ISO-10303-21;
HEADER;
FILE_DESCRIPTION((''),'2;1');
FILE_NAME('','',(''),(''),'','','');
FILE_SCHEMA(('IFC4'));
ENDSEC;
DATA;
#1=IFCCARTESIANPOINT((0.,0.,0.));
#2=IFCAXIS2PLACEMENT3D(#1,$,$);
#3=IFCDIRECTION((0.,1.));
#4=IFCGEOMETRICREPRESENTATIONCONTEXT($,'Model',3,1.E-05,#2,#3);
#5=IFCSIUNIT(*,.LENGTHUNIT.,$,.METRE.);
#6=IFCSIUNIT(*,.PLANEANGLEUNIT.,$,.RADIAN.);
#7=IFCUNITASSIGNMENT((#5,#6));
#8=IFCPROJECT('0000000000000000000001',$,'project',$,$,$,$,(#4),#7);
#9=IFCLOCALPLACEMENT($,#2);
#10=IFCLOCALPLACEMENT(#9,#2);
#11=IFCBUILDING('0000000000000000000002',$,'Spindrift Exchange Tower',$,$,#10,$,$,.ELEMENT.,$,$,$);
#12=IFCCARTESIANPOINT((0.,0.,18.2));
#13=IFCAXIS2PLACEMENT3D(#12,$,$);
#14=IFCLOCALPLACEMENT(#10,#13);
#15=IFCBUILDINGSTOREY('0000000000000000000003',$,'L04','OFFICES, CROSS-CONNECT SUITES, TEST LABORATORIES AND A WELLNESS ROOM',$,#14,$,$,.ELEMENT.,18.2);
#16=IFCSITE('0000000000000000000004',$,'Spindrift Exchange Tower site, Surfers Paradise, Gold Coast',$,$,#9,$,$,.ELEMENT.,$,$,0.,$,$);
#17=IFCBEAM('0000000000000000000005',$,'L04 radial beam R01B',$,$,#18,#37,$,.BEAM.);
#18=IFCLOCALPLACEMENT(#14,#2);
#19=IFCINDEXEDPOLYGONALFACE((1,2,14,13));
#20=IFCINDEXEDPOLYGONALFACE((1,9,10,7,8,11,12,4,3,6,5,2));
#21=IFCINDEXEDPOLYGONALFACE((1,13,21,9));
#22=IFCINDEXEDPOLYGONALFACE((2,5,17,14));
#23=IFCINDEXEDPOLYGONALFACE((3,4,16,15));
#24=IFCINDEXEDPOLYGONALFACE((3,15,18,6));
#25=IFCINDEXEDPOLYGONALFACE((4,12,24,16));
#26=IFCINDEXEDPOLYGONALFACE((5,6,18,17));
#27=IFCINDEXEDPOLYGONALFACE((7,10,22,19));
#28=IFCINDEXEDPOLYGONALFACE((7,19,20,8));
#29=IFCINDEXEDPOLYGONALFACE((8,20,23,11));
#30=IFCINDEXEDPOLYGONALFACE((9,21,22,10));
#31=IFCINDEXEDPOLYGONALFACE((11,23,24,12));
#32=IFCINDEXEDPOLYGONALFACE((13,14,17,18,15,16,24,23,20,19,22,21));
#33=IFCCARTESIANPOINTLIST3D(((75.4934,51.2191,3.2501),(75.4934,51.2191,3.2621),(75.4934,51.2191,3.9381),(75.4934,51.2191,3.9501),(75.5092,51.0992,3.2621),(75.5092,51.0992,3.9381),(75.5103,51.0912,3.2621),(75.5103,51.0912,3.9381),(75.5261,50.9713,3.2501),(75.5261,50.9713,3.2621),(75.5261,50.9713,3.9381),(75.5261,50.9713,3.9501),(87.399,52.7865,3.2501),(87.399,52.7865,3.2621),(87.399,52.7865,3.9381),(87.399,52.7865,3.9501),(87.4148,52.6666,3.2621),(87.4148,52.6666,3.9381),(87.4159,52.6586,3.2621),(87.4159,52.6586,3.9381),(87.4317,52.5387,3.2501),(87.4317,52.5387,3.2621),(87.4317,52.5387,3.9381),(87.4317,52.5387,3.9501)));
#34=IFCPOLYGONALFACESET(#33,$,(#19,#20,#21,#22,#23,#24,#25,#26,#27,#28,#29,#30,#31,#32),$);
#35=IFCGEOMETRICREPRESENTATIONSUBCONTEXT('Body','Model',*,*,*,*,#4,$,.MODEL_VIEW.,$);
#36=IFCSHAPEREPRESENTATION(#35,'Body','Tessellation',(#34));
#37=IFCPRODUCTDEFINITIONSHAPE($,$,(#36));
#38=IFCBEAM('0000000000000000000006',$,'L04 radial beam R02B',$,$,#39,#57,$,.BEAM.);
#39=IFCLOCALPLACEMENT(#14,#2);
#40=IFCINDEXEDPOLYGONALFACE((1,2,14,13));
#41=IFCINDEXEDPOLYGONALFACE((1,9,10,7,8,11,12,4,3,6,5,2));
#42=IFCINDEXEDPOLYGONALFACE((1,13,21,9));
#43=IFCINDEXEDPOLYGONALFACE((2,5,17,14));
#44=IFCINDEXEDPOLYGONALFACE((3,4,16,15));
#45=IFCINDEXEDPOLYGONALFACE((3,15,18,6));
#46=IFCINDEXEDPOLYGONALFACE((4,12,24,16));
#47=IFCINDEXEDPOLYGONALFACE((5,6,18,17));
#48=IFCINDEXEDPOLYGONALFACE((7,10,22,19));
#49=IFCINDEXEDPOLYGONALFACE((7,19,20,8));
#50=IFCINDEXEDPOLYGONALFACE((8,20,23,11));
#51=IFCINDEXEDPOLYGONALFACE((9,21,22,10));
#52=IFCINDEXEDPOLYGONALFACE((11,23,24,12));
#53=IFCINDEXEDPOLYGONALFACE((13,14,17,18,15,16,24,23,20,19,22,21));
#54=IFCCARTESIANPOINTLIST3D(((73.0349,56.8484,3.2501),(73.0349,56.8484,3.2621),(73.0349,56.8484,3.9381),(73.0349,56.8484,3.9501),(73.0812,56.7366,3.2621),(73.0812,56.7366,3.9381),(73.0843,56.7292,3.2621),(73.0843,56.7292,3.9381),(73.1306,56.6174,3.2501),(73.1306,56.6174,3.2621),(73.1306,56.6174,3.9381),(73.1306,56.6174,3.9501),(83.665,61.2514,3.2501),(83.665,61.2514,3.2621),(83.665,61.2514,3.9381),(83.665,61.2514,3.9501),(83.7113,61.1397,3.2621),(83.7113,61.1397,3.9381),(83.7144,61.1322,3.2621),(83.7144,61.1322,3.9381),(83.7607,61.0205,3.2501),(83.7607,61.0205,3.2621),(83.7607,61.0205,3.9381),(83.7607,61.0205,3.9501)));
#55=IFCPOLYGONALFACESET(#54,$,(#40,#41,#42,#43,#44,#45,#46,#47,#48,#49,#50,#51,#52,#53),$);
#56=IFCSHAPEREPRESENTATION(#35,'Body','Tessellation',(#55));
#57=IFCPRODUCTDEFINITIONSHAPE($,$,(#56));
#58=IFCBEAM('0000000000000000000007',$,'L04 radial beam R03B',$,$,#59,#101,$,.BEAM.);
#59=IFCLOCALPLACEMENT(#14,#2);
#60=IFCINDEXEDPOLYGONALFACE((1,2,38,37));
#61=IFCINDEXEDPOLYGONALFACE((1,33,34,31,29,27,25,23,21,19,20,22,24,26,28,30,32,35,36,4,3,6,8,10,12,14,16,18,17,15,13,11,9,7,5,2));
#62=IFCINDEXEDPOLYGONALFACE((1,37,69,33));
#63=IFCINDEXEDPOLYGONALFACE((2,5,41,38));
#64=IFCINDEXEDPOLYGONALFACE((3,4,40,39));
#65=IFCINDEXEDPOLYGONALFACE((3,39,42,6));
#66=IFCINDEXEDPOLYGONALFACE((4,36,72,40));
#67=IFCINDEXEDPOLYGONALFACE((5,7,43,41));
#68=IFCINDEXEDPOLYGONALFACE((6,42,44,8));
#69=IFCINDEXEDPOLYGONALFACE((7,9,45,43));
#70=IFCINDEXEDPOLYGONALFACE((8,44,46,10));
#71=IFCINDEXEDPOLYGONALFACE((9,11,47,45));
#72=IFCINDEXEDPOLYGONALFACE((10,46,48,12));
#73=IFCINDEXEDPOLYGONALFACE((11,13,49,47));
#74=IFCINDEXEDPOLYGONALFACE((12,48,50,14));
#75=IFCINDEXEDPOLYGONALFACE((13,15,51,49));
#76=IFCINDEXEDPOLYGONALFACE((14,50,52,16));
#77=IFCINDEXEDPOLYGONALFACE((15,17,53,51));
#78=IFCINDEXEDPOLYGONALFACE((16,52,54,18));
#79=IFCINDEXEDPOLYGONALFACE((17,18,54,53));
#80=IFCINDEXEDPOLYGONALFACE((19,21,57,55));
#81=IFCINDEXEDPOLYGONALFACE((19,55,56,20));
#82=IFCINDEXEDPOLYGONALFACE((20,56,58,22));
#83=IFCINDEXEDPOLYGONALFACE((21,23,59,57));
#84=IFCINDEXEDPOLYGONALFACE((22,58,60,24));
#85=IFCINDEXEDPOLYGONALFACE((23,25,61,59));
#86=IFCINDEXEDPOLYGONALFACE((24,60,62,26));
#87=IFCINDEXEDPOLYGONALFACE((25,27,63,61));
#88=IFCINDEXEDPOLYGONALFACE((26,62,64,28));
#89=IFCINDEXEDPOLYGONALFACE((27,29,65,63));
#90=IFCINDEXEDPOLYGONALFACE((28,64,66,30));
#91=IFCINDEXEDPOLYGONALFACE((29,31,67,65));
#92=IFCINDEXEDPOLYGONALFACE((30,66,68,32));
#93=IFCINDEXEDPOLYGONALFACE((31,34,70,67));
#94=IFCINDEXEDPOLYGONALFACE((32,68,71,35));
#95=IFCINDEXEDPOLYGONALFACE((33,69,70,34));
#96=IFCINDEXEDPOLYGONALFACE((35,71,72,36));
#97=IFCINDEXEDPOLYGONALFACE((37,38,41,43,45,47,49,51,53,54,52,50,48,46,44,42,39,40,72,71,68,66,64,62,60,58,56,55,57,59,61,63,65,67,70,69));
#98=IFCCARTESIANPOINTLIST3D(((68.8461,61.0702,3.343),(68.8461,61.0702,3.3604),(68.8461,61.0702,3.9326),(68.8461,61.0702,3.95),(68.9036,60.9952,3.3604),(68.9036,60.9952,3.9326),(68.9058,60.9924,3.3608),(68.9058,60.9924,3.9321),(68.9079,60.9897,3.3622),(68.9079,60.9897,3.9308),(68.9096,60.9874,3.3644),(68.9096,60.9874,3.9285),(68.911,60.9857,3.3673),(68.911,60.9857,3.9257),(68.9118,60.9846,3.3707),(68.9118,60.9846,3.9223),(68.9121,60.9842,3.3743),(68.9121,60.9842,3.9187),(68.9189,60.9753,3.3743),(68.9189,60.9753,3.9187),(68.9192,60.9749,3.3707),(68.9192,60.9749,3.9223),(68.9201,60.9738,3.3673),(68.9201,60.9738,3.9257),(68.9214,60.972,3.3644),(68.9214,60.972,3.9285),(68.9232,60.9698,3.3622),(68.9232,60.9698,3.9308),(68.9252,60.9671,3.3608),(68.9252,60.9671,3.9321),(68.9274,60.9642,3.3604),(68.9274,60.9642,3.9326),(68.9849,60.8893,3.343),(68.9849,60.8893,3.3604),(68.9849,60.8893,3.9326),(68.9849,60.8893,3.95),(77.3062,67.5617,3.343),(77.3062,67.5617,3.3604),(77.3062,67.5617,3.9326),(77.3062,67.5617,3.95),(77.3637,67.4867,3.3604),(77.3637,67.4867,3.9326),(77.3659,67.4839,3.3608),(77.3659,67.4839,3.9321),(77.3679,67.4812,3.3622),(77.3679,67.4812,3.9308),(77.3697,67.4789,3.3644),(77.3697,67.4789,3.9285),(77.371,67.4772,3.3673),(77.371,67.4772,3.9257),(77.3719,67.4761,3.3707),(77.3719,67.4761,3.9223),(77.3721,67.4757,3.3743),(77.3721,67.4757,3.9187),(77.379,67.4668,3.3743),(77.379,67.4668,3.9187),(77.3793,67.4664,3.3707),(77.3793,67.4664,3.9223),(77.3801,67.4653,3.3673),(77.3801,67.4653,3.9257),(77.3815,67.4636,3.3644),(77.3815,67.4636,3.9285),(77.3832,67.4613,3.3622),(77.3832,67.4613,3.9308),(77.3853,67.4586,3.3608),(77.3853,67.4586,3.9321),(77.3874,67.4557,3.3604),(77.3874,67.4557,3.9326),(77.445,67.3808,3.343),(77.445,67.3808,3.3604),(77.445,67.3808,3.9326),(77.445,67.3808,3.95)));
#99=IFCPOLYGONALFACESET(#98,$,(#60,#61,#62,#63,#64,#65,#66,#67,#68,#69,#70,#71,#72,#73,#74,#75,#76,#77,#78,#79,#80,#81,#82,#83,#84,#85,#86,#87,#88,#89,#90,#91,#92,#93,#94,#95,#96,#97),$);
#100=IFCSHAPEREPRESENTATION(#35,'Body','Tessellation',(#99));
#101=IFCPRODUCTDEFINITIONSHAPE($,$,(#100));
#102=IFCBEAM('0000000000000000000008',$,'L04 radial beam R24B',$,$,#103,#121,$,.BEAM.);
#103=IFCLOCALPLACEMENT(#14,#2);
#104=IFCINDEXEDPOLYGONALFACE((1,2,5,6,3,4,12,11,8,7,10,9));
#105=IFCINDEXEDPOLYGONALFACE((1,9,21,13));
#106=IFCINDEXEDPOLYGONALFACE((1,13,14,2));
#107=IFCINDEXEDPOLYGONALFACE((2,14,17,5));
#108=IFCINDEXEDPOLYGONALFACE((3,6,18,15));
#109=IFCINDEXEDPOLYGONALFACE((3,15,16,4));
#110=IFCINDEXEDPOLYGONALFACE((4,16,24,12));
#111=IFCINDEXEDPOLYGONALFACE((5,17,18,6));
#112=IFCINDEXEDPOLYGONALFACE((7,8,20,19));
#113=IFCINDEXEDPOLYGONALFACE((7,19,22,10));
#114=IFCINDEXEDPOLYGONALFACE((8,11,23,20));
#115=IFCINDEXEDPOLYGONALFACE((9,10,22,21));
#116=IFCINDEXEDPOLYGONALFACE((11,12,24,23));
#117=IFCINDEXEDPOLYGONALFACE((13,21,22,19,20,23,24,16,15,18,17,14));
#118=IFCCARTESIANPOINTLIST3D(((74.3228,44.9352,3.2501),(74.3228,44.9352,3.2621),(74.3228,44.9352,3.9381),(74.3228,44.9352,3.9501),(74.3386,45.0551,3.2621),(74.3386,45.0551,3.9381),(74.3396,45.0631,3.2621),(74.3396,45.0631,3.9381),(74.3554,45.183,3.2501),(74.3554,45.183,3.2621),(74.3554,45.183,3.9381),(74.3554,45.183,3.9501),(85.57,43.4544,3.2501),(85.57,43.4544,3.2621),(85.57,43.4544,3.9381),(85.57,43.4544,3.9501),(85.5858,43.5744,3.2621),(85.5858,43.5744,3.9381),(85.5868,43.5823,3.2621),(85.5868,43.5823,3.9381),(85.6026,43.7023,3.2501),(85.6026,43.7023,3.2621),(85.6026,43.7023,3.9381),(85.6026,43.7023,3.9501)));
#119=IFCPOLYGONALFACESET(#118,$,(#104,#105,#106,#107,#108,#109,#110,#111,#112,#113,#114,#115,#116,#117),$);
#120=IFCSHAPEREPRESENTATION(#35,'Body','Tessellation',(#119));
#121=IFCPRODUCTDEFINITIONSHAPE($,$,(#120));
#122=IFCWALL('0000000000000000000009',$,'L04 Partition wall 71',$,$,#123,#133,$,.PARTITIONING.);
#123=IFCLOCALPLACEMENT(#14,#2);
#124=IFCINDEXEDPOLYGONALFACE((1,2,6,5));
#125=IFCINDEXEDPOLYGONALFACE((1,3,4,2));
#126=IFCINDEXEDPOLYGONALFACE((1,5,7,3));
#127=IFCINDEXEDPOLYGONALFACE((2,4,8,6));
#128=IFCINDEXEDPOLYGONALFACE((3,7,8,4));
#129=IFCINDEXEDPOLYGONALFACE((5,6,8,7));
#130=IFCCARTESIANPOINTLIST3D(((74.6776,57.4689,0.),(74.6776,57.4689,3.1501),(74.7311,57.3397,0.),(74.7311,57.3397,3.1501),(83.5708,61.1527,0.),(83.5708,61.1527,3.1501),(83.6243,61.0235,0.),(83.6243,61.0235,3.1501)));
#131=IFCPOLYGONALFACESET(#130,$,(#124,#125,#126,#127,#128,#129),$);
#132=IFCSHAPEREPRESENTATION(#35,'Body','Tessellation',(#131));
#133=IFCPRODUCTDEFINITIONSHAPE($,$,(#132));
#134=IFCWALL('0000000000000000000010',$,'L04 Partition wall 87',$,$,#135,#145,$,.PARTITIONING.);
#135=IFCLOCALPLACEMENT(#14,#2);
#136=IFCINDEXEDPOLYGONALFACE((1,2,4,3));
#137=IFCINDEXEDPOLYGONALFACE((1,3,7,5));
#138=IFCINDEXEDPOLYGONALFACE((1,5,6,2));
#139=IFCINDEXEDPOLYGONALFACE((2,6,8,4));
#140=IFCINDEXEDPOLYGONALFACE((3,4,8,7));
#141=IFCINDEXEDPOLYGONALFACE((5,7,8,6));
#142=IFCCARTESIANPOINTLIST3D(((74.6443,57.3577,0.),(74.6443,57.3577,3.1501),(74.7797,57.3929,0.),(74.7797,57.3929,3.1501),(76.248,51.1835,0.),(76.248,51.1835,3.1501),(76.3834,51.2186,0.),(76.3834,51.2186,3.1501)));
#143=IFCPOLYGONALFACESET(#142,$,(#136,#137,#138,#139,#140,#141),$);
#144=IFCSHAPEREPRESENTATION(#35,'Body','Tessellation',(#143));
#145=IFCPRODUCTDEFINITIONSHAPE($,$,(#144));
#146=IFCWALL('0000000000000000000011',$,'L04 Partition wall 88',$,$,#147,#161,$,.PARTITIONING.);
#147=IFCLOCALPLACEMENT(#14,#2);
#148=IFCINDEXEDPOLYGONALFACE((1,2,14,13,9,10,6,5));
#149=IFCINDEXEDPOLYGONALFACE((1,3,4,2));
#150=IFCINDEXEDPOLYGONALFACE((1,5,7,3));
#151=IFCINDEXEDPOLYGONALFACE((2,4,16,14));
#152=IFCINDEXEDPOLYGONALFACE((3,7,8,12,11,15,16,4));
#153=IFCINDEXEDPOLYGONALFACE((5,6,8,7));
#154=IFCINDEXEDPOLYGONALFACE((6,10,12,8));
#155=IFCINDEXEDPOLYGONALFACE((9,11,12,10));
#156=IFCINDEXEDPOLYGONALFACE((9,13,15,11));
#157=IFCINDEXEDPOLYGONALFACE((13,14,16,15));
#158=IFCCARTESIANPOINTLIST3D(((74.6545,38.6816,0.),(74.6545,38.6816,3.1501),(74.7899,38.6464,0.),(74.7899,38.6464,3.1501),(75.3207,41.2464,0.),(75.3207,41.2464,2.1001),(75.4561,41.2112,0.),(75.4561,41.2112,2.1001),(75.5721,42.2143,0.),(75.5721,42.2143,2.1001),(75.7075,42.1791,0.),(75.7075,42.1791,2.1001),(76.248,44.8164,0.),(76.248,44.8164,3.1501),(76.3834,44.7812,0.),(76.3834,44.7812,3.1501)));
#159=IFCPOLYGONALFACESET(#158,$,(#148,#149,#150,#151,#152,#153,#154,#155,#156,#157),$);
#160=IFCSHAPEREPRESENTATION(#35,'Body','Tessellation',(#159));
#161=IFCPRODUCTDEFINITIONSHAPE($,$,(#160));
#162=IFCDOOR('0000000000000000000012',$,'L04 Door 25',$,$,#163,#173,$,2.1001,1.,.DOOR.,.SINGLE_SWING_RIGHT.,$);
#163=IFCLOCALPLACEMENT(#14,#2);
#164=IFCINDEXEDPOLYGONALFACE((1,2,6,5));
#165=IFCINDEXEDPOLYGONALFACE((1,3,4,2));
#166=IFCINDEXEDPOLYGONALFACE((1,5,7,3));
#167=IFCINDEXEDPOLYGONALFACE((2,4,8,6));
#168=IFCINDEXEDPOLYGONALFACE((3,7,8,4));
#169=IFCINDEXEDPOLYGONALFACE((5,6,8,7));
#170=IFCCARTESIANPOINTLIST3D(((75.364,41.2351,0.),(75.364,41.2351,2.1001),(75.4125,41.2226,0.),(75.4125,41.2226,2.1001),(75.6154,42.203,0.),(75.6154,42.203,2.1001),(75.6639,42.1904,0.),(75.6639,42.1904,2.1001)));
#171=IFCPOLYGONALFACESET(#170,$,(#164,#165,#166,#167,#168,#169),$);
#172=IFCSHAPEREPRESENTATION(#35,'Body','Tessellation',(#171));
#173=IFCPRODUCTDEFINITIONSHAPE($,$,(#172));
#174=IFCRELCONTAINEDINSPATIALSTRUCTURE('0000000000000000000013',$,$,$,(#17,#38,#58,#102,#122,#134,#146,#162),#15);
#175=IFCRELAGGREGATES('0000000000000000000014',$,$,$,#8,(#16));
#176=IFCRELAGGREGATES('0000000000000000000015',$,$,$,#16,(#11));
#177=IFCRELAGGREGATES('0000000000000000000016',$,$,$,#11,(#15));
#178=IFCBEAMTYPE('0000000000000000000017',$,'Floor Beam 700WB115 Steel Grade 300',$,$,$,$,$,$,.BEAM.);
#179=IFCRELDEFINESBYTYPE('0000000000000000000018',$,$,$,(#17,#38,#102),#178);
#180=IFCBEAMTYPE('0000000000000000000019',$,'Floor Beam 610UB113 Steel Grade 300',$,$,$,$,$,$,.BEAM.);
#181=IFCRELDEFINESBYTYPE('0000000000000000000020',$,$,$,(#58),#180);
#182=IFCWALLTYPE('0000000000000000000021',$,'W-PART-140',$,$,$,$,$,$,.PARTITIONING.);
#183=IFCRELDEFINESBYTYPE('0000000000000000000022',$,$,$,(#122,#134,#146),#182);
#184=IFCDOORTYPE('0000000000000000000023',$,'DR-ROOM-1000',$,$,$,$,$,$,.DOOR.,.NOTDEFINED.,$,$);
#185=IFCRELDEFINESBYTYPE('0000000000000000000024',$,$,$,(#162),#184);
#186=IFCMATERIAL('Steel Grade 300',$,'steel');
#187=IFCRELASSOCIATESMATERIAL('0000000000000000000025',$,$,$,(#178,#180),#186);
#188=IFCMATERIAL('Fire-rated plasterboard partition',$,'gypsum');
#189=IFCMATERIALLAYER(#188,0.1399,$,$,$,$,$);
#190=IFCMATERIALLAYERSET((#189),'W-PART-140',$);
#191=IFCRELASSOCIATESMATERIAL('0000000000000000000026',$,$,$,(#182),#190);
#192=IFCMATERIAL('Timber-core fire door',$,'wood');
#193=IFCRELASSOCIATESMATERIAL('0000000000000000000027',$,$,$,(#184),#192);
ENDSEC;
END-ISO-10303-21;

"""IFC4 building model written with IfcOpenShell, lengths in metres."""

from ifc_helpers import new_model, si_unit, direction, frame, frame_2d, origin, origin_2d, place, context, subcontext, project, spatial, rectangle, i_section, extrude, source, transform, mapped, material, layer, layer_set, material_profile, profile_set, type_object, element, fill, save


model = new_model("IFC4")

# Units and contexts
model_context = context("Model", 3, precision=1e-05, world=origin(), true_north=direction((0.0, 1.0)))
body_context = subcontext(model_context, "Body", "Model", "MODEL_VIEW")
ifc_project = project(units=[si_unit("LENGTHUNIT", "METRE"), si_unit("PLANEANGLEUNIT", "RADIAN")], contexts=[model_context])

# Site, building, storey
site_placement = place(None, origin())
site = spatial("IfcSite", under=ifc_project, at=site_placement, Name="Spindrift Exchange Tower site, Surfers Paradise, Gold Coast", CompositionType="ELEMENT", RefElevation=0.0)
building_placement = place(site_placement, origin())
building = spatial("IfcBuilding", under=site, at=building_placement, Name="Spindrift Exchange Tower", CompositionType="ELEMENT")
storey_placement = place(building_placement, frame((0.0, 0.0, 18.2)))
storey = spatial("IfcBuildingStorey", under=building, at=storey_placement, Name="L04", Description="OFFICES, CROSS-CONNECT SUITES, TEST LABORATORIES AND A WELLNESS ROOM", CompositionType="ELEMENT", Elevation=18.2)

# Beams
ifc_material_1 = material(Name="Steel Grade 300", Category="steel")
ifc_material_profile_1 = material_profile(ifc_material_1, i_section(OverallWidth=0.25, OverallDepth=0.7, WebThickness=0.0081, FlangeThickness=0.012, at=origin_2d()), Name="700WB115")
ifc_profile_set_1 = profile_set([ifc_material_profile_1], Name="Steel Grade 300")
beam_type_1 = type_object("IfcBeamType", Name="Floor Beam 700WB115 Steel Grade 300", PredefinedType="BEAM", material=ifc_profile_set_1)
shared_shape_1 = source(origin(), body_context, "Body", "SweptSolid", [
    extrude(i_section(OverallWidth=0.25, OverallDepth=0.7, WebThickness=0.0081, FlangeThickness=0.012, at=origin_2d()), origin(), (0.0, 0.0, 1.0), 12.0083),
])
beam_1_placement = place(storey_placement, frame((75.5098, 51.0952, 3.6001), z_axis=(0.991445, 0.130526, 0.0), x_axis=(-0.130526, 0.991445, 0.0)))
element("IfcBeam", 1, at=beam_1_placement, inside=storey, type_object=beam_type_1, Name="L04 radial beam R01B", PredefinedType="BEAM", context=body_context, shape_type="MappedRepresentation", body=[
    mapped(shared_shape_1, transform((0.0, 0.0, 0.0), scale=1.0)),
])
shared_shape_2 = source(origin(), body_context, "Body", "SweptSolid", [
    extrude(i_section(OverallWidth=0.25, OverallDepth=0.7, WebThickness=0.0081, FlangeThickness=0.012, at=origin_2d()), origin(), (0.0, 0.0, 1.0), 11.5059),
])
beam_2_placement = place(storey_placement, frame((73.0828, 56.7329, 3.6001), z_axis=(0.923882, 0.382678, 0.0), x_axis=(-0.382678, 0.923882, 0.0)))
element("IfcBeam", 2, at=beam_2_placement, inside=storey, type_object=beam_type_1, Name="L04 radial beam R02B", PredefinedType="BEAM", context=body_context, shape_type="MappedRepresentation", body=[
    mapped(shared_shape_2, transform((0.0, 0.0, 0.0), scale=1.0)),
])
ifc_material_profile_2 = material_profile(ifc_material_1, i_section(OverallWidth=0.228, OverallDepth=0.6069, WebThickness=0.0112, FlangeThickness=0.0173, FilletRadius=0.0139, at=origin_2d()), Name="610UB113")
ifc_profile_set_2 = profile_set([ifc_material_profile_2], Name="Steel Grade 300")
beam_type_2 = type_object("IfcBeamType", Name="Floor Beam 610UB113 Steel Grade 300", PredefinedType="BEAM", material=ifc_profile_set_2)
shared_shape_3 = source(origin(), body_context, "Body", "SweptSolid", [
    extrude(i_section(OverallWidth=0.228, OverallDepth=0.6069, WebThickness=0.0112, FlangeThickness=0.0173, FilletRadius=0.0139, at=origin_2d()), origin(), (0.0, 0.0, 1.0), 10.6636),
])
beam_3_placement = place(storey_placement, frame((68.9155, 60.9797, 3.6465), z_axis=(0.793358, 0.608755, 0.0), x_axis=(-0.608755, 0.793358, 0.0)))
element("IfcBeam", 3, at=beam_3_placement, inside=storey, type_object=beam_type_2, Name="L04 radial beam R03B", PredefinedType="BEAM", context=body_context, shape_type="MappedRepresentation", body=[
    mapped(shared_shape_3, transform((0.0, 0.0, 0.0), scale=1.0)),
])
shared_shape_4 = source(origin(), body_context, "Body", "SweptSolid", [
    extrude(i_section(OverallWidth=0.25, OverallDepth=0.7, WebThickness=0.0081, FlangeThickness=0.012, at=origin_2d()), origin(), (0.0, 0.0, 1.0), 11.3442),
])
beam_4_placement = place(storey_placement, frame((74.3391, 45.0591, 3.6001), z_axis=(0.991445, -0.130527, 0.0), x_axis=(0.130527, 0.991445, 0.0)))
element("IfcBeam", 4, at=beam_4_placement, inside=storey, type_object=beam_type_1, Name="L04 radial beam R24B", PredefinedType="BEAM", context=body_context, shape_type="MappedRepresentation", body=[
    mapped(shared_shape_4, transform((0.0, 0.0, 0.0), scale=1.0)),
])

# Walls
ifc_material_2 = material(Name="Fire-rated plasterboard partition", Category="gypsum")
ifc_layer_1 = layer(ifc_material_2, 0.1399)
ifc_layer_set_1 = layer_set([ifc_layer_1], Name="W-PART-140")
wall_type_1 = type_object("IfcWallType", Name="W-PART-140", PredefinedType="PARTITIONING", material=ifc_layer_set_1)
wall_1_placement = place(storey_placement, frame((74.7043, 57.4043, 0.0), z_axis=(0.0, 0.0, 1.0), x_axis=(0.923876, 0.382693, 0.0)))
element("IfcWall", 5, at=wall_1_placement, inside=storey, type_object=wall_type_1, Name="L04 Partition wall 71", PredefinedType="PARTITIONING", context=body_context, shape_type="SweptSolid", body=[
    extrude(rectangle(XDim=9.626, YDim=0.1399, at=frame_2d((4.813, 0.0))), origin(), (0.0, 0.0, 1.0), 3.1501),
])
wall_2_placement = place(storey_placement, frame((76.3157, 51.2012, 0.0), z_axis=(0.0, 0.0, 1.0), x_axis=(-0.251404, 0.967882, 0.0)))
element("IfcWall", 6, at=wall_2_placement, inside=storey, type_object=wall_type_1, Name="L04 Partition wall 87", PredefinedType="PARTITIONING", context=body_context, shape_type="SweptSolid", body=[
    extrude(rectangle(XDim=6.3792, YDim=0.1399, at=frame_2d((3.1895, 0.0))), origin(), (0.0, 0.0, 1.0), 3.1501),
])

# Wall, opening, door
wall_3_placement = place(storey_placement, frame((76.3157, 44.7988, 0.0), z_axis=(0.0, 0.0, 1.0), x_axis=(-0.251407, -0.967881, 0.0)))
wall_3 = element("IfcWall", 7, at=wall_3_placement, inside=storey, type_object=wall_type_1, Name="L04 Partition wall 88", PredefinedType="PARTITIONING", context=body_context, shape_type="SweptSolid", body=[
    extrude(rectangle(XDim=6.3384, YDim=0.1399, at=frame_2d((3.1692, 0.0))), origin(), (0.0, 0.0, 1.0), 3.1501),
])
opening_1_placement = place(wall_3_placement, frame((2.6885, 0.0, 0.0)))
opening_1 = element("IfcOpeningElement", 8, at=opening_1_placement, cuts=wall_3, PredefinedType="OPENING", context=body_context, shape_type="SweptSolid", body=[
    extrude(rectangle(XDim=1.0, YDim=2.1001, at=frame_2d((0.5, 1.05))), frame((0.0, 0.0798, 0.0), z_axis=(0.0, -1.0, 0.0), x_axis=(1.0, 0.0, 0.0)), (0.0, 0.0, 1.0), 0.1599),
])
ifc_material_3 = material(Name="Timber-core fire door", Category="wood")
door_type_1 = type_object("IfcDoorType", Name="DR-ROOM-1000", OperationType="NOTDEFINED", PredefinedType="DOOR", material=ifc_material_3)
shared_shape_5 = source(origin(), body_context, "Body", "SweptSolid", [
    extrude(rectangle(XDim=1.0, YDim=2.1001, at=frame_2d((0.5, 1.05))), frame((0.0, 0.0249, 0.0), z_axis=(0.0, -1.0, 0.0), x_axis=(1.0, 0.0, 0.0)), (0.0, 0.0, 1.0), 0.05),
])
door_1_placement = place(opening_1_placement, origin())
door_1 = element("IfcDoor", 9, at=door_1_placement, inside=storey, type_object=door_type_1, Name="L04 Door 25", OperationType="SINGLE_SWING_RIGHT", OverallHeight=2.1001, OverallWidth=1.0, PredefinedType="DOOR", context=body_context, shape_type="MappedRepresentation", body=[
    mapped(shared_shape_5, transform((0.0, 0.0, 0.0), scale=1.0)),
])
fill(opening_1, door_1)

save(model, "model.ifc")
